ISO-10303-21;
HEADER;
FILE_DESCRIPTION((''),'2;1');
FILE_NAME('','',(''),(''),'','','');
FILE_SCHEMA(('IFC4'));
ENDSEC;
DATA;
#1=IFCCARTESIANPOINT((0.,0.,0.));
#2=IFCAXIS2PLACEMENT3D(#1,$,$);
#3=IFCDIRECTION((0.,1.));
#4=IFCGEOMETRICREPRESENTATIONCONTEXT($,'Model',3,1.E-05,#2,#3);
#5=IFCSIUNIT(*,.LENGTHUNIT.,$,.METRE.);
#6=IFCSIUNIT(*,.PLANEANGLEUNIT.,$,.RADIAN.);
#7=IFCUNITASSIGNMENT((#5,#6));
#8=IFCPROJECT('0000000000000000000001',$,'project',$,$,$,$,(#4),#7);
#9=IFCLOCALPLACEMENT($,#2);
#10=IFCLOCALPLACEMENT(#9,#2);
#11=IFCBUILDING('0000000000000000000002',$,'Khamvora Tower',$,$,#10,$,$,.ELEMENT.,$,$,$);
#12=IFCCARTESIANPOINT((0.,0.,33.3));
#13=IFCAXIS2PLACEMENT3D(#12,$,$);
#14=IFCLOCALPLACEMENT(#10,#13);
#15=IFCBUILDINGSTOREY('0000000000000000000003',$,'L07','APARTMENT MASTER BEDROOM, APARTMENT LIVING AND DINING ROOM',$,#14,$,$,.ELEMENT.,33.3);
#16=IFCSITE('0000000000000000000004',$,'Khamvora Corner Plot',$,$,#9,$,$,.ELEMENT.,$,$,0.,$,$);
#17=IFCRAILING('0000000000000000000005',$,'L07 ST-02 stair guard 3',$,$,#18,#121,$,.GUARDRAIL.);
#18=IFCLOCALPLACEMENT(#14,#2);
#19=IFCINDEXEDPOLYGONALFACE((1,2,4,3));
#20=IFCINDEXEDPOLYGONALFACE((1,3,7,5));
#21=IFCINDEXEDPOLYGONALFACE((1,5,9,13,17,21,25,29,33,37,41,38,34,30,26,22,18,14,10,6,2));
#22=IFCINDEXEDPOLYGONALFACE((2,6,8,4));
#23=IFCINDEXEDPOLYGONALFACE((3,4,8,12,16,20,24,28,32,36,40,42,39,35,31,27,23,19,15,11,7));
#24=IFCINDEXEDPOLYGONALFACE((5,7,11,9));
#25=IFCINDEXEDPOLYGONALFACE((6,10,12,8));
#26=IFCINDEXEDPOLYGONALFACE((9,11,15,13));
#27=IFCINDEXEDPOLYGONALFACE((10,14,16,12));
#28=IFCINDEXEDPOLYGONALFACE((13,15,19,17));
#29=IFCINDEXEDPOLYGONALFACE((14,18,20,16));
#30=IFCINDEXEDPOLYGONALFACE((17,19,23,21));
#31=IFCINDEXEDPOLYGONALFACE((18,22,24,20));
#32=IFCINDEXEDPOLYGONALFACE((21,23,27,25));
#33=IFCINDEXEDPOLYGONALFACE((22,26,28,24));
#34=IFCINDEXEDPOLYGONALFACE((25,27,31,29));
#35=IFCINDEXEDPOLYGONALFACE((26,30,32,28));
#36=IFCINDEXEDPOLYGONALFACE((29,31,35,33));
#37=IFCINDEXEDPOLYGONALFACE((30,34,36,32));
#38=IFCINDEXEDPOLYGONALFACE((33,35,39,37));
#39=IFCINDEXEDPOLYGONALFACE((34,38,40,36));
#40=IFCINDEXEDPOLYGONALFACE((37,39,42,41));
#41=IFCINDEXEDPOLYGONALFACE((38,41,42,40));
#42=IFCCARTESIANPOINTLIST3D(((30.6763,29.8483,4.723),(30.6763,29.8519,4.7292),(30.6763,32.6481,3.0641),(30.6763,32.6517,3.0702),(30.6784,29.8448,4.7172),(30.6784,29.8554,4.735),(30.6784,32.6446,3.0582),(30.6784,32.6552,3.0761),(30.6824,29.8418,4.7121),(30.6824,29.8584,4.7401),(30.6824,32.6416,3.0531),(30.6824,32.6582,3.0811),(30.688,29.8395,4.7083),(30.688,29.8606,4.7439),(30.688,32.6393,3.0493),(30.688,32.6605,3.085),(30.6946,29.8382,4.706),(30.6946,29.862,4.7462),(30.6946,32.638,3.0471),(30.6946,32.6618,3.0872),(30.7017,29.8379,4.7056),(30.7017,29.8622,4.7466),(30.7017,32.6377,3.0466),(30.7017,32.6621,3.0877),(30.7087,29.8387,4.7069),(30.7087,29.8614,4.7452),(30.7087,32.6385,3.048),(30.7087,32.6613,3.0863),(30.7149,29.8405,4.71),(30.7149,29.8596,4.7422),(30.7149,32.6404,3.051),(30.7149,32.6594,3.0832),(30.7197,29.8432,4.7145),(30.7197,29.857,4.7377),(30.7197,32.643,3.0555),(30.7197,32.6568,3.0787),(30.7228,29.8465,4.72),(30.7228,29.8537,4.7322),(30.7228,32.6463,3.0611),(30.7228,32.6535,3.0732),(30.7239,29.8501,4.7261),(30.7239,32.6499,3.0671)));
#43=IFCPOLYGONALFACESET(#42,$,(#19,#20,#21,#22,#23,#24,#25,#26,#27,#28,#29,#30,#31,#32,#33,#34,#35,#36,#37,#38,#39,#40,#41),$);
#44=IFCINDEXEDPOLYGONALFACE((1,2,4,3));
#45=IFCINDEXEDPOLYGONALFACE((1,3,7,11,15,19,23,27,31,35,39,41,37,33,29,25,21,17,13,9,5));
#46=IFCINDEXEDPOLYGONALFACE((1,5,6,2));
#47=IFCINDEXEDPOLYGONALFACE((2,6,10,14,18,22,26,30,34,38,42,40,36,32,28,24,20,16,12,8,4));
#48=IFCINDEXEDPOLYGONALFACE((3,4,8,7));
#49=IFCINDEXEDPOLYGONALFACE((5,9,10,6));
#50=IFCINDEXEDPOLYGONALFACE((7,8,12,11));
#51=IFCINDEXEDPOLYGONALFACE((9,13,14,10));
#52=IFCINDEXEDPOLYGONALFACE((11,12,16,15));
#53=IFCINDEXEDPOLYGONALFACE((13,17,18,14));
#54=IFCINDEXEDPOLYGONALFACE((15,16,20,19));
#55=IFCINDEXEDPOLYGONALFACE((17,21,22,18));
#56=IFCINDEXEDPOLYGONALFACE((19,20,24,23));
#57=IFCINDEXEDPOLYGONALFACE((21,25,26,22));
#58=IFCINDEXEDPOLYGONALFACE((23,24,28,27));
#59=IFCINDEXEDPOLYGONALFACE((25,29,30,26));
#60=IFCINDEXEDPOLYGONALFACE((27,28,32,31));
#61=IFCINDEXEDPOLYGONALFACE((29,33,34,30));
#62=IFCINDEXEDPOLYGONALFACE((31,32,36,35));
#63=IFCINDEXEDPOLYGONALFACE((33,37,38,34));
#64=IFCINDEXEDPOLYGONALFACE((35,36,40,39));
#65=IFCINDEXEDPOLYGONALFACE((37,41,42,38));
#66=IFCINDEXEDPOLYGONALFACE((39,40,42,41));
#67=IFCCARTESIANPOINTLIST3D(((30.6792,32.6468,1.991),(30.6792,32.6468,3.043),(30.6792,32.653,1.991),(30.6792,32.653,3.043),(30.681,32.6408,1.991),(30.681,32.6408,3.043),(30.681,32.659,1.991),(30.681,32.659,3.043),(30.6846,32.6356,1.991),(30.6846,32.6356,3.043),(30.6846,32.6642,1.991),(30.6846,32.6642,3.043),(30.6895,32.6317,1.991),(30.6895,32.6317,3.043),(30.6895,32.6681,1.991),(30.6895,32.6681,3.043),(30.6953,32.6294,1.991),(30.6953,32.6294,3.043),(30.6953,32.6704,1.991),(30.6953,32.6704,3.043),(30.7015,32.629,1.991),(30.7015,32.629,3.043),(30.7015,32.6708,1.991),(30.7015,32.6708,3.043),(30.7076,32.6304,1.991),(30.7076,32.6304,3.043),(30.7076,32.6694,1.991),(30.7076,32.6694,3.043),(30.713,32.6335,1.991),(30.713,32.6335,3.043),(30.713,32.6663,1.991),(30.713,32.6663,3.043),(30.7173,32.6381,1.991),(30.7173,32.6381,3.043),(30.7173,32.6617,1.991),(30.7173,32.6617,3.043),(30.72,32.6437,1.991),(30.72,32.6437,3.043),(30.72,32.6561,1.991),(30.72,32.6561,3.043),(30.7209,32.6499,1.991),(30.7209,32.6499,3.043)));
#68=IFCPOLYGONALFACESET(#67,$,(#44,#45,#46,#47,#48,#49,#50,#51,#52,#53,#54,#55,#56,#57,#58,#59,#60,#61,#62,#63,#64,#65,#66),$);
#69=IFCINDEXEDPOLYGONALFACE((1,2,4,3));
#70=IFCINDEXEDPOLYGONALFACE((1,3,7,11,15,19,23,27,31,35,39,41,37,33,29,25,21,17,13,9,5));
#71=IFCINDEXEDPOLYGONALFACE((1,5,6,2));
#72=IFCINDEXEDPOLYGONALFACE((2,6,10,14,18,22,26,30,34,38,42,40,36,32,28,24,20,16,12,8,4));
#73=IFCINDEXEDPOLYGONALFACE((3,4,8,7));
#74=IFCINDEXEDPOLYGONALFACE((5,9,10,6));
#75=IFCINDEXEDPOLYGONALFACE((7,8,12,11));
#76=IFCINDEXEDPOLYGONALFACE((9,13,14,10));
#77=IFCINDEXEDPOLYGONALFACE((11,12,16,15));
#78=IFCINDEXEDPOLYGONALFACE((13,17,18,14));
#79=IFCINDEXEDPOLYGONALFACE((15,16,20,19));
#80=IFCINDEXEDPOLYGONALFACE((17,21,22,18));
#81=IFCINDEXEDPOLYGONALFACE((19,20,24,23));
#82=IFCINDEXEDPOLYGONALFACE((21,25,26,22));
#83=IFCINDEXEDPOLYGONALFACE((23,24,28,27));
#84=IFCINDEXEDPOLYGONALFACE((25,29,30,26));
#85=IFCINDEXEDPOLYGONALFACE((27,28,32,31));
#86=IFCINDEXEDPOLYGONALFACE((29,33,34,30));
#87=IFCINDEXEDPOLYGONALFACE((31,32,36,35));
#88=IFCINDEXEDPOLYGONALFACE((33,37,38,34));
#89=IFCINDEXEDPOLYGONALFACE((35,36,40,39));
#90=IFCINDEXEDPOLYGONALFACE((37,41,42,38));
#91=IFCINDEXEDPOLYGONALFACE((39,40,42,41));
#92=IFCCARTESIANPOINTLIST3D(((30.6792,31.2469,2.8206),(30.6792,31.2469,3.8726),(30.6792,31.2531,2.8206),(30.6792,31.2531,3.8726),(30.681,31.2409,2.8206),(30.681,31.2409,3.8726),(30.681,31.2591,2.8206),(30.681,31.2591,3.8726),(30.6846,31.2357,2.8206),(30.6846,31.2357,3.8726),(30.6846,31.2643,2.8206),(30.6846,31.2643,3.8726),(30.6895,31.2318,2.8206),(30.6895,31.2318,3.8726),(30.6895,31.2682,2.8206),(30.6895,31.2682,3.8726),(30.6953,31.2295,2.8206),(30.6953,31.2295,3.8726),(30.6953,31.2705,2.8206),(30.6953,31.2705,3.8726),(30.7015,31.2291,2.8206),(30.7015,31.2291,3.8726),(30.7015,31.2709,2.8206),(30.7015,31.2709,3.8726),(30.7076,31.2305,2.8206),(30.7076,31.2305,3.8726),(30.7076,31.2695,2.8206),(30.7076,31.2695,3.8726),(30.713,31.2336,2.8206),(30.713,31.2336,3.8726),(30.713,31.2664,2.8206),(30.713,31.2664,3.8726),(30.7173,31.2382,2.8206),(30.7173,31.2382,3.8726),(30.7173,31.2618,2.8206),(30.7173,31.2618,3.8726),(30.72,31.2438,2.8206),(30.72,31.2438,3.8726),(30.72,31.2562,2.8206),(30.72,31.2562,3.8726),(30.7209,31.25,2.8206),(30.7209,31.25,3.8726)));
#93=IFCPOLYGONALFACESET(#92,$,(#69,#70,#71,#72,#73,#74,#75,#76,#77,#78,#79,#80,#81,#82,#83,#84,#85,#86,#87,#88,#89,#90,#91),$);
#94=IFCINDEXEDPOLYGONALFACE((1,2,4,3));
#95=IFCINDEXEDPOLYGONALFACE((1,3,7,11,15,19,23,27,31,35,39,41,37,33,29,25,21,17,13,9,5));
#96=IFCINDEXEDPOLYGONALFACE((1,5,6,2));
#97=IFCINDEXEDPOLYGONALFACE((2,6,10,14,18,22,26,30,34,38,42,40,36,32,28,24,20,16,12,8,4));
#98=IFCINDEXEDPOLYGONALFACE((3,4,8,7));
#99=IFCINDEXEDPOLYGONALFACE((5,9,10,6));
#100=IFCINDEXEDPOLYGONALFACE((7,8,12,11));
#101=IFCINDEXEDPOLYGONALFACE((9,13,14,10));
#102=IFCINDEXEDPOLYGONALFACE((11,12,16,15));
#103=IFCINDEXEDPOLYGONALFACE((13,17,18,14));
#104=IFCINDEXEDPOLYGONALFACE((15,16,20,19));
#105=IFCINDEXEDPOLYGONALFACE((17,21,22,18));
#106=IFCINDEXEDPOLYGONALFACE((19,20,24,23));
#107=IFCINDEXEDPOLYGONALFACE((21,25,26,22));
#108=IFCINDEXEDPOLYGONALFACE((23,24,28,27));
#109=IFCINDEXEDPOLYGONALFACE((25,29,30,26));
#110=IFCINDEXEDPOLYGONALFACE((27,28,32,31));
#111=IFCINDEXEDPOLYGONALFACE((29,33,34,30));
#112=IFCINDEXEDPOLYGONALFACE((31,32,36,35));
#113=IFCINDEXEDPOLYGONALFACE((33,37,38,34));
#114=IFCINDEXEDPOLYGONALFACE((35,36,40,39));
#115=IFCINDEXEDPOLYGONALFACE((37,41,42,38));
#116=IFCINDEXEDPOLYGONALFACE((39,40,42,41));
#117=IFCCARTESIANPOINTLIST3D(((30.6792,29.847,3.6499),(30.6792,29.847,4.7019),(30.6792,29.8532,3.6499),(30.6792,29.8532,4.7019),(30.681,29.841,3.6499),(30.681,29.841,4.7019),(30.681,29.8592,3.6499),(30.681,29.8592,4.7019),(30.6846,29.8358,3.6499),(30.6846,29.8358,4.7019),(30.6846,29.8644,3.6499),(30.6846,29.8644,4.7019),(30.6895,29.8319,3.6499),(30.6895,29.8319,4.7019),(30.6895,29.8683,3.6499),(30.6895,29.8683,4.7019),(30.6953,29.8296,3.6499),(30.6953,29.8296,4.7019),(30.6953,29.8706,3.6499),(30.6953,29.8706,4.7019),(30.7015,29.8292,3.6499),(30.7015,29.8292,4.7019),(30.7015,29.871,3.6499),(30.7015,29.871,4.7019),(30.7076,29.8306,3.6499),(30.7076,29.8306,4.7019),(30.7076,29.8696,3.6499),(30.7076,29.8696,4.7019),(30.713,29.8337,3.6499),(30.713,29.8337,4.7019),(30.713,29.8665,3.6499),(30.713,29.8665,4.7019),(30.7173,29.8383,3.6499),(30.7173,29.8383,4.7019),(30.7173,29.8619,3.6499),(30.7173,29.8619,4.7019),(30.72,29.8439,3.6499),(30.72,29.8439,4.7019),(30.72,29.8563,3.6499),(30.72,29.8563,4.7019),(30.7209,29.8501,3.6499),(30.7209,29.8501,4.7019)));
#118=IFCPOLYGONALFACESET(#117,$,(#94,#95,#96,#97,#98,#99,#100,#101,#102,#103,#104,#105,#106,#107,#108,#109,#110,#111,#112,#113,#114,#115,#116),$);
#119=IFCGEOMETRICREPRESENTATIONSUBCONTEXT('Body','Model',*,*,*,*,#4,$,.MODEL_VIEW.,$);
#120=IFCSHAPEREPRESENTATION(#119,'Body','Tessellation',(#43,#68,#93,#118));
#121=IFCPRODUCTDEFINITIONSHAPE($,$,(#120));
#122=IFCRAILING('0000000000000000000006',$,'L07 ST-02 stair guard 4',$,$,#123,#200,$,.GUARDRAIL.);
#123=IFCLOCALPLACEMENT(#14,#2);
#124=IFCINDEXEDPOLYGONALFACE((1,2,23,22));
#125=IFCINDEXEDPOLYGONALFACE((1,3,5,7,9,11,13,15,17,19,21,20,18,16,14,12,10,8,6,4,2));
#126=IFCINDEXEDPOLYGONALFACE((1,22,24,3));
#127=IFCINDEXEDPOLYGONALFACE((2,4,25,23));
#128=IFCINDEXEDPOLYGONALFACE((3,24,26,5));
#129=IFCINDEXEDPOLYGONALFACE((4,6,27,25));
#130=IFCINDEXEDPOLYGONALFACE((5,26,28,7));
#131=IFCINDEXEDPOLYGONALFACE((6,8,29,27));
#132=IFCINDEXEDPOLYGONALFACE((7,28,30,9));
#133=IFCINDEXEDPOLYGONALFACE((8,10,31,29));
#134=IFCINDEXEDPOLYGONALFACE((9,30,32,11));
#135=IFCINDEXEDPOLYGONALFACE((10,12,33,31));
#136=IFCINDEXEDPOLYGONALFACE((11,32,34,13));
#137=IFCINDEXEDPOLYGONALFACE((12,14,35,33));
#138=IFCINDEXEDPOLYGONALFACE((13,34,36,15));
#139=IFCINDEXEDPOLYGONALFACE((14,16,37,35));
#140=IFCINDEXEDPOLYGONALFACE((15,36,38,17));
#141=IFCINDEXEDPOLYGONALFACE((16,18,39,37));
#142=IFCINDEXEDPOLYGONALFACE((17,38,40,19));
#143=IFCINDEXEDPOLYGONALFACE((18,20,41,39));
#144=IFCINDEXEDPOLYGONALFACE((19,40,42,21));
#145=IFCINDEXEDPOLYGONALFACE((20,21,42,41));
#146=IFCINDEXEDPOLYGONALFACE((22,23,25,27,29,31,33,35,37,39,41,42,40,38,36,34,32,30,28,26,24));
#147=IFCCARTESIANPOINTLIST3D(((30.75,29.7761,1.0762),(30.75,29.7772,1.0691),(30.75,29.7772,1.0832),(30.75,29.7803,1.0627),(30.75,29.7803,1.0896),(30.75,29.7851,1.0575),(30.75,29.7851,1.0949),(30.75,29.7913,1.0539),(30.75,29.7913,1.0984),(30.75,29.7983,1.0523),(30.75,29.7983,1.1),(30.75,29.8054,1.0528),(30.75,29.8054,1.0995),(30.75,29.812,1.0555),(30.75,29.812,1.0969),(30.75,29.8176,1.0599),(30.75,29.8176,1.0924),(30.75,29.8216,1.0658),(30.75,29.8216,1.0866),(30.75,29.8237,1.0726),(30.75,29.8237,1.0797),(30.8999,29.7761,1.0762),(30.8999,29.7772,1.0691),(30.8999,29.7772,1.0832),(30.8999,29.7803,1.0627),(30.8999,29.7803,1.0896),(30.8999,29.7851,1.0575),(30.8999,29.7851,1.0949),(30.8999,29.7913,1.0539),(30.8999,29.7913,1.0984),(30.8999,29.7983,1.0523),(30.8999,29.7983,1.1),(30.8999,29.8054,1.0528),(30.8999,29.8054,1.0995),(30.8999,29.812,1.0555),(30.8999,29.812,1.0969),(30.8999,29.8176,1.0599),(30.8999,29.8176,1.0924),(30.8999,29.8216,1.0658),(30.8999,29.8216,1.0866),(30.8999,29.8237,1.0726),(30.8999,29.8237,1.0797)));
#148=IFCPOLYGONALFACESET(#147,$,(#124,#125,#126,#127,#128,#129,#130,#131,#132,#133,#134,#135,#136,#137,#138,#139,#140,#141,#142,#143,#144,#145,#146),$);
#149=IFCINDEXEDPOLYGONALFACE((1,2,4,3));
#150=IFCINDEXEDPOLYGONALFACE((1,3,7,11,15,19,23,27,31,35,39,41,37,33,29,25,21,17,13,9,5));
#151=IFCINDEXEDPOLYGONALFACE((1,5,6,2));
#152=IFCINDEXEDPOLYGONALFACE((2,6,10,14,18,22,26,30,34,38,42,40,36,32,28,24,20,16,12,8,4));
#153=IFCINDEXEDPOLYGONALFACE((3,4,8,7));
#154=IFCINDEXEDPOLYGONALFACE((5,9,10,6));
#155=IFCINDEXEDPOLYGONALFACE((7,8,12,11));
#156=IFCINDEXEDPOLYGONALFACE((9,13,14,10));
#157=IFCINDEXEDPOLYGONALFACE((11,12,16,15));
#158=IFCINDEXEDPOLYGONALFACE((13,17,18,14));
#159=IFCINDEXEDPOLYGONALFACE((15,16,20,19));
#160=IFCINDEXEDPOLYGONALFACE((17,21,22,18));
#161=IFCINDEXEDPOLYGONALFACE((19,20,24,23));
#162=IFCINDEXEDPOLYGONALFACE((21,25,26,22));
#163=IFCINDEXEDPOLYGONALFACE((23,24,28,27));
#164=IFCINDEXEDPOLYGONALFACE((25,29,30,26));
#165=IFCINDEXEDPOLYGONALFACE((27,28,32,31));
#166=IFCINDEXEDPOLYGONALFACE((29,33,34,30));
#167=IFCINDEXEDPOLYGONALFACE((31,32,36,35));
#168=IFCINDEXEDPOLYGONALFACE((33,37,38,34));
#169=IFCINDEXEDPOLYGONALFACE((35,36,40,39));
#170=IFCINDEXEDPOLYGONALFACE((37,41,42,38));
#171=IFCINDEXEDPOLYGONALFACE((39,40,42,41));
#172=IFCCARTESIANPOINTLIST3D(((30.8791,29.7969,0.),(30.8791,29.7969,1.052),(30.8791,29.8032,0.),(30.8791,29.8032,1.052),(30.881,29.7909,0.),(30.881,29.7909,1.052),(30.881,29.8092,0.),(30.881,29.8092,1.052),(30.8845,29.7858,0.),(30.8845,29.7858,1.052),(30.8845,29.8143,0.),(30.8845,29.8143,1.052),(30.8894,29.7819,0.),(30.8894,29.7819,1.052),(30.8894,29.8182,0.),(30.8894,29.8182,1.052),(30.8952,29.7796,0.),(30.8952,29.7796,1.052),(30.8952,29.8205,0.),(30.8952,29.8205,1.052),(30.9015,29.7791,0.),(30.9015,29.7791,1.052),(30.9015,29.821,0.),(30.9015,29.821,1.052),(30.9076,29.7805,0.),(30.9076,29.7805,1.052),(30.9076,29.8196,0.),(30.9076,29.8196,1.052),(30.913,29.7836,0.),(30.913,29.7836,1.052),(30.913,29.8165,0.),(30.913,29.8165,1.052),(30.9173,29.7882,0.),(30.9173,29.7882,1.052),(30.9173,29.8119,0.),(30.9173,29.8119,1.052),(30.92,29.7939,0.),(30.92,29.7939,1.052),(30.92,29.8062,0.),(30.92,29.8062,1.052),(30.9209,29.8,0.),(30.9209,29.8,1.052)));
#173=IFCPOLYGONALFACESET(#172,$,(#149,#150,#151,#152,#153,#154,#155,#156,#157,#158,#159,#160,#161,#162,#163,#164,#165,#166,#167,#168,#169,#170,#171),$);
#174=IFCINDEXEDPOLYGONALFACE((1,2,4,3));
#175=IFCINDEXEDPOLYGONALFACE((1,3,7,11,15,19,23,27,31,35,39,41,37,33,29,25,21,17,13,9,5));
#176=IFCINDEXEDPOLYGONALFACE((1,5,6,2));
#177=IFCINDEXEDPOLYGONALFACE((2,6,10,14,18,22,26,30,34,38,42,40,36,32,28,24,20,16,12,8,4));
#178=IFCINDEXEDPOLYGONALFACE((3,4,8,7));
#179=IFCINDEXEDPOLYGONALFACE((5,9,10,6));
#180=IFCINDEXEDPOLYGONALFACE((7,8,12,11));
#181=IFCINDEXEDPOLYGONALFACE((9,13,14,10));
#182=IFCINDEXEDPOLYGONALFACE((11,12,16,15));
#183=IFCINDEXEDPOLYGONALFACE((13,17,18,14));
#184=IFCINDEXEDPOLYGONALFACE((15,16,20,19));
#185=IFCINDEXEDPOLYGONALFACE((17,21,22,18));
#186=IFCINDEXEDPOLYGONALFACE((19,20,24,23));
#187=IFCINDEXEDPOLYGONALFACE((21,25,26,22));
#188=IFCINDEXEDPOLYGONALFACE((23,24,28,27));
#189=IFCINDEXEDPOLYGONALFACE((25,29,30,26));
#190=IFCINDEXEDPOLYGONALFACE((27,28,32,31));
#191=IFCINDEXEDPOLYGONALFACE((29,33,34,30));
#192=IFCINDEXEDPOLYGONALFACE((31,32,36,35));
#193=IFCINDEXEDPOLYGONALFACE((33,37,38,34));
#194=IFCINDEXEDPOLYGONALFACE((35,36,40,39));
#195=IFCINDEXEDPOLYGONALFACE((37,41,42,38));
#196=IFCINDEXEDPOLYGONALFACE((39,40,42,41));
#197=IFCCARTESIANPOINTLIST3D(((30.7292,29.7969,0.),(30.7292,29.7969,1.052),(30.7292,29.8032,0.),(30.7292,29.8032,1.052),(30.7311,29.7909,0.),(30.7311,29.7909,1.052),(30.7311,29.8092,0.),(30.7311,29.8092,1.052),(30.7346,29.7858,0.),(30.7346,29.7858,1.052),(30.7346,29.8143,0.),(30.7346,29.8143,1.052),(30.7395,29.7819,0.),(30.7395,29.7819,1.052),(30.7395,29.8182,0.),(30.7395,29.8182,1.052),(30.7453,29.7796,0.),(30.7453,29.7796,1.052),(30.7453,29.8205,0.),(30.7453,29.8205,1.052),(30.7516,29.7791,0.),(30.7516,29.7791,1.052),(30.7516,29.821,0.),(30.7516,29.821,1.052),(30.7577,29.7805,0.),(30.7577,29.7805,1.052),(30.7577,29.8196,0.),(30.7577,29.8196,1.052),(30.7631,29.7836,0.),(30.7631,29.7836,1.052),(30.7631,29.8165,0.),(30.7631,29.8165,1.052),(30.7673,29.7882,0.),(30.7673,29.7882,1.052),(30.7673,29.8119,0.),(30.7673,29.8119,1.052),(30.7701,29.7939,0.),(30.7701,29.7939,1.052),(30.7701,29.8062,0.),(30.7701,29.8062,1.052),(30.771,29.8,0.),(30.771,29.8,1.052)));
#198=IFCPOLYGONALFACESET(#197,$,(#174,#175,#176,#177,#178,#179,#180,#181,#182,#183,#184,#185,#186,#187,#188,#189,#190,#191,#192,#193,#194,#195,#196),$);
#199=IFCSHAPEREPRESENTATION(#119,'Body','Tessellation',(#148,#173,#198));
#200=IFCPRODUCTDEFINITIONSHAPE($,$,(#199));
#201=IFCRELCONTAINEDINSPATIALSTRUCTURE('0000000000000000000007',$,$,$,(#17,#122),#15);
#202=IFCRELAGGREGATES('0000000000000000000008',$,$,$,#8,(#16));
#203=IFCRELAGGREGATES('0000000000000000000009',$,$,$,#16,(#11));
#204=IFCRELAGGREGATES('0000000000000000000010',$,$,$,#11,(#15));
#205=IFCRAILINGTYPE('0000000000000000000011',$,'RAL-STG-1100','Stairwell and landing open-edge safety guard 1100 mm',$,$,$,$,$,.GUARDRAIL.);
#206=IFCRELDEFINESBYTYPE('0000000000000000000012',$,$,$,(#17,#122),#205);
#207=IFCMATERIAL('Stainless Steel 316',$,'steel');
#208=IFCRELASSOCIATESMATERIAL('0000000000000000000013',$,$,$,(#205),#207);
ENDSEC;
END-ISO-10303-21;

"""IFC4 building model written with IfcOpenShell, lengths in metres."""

from ifc_helpers import new_model, si_unit, direction, frame, origin, origin_2d, place, context, subcontext, project, spatial, circle, extrude, material, type_object, element, save


model = new_model("IFC4")

# Units and contexts
model_context = context("Model", 3, precision=1e-05, world=origin(), true_north=direction((0.0, 1.0)))
body_context = subcontext(model_context, "Body", "Model", "MODEL_VIEW")
ifc_project = project(units=[si_unit("LENGTHUNIT", "METRE"), si_unit("PLANEANGLEUNIT", "RADIAN")], contexts=[model_context])

# Site, building, storey
site_placement = place(None, origin())
site = spatial("IfcSite", under=ifc_project, at=site_placement, Name="Khamvora Corner Plot", CompositionType="ELEMENT", RefElevation=0.0)
building_placement = place(site_placement, origin())
building = spatial("IfcBuilding", under=site, at=building_placement, Name="Khamvora Tower", CompositionType="ELEMENT")
storey_placement = place(building_placement, frame((0.0, 0.0, 33.3)))
storey = spatial("IfcBuildingStorey", under=building, at=storey_placement, Name="L07", Description="APARTMENT MASTER BEDROOM, APARTMENT LIVING AND DINING ROOM", CompositionType="ELEMENT", Elevation=33.3)

# Railings
ifc_material_1 = material(Name="Stainless Steel 316", Category="steel")
railing_type_1 = type_object("IfcRailingType", Name="RAL-STG-1100", Description="Stairwell and landing open-edge safety guard 1100 mm", PredefinedType="GUARDRAIL", material=ifc_material_1)
railing_1_placement = place(storey_placement, frame((30.7, 32.6499, 1.991)))
element("IfcRailing", 1, at=railing_1_placement, inside=storey, type_object=railing_type_1, Name="L07 ST-02 stair guard 3", PredefinedType="GUARDRAIL", context=body_context, shape_type="SweptSolid", body=[
    extrude(circle(Radius=0.0239, at=origin_2d()), frame((0.0, 0.0, 1.0762), z_axis=(0.0, -0.86032, 0.509755), x_axis=(1.0, 0.0, 0.0)), (0.0, 0.0, 1.0), 3.2544),
    extrude(circle(Radius=0.021, at=origin_2d()), origin(), (0.0, 0.0, 1.0), 1.052),
    extrude(circle(Radius=0.021, at=origin_2d()), frame((0.0, -1.3999, 0.8296)), (0.0, 0.0, 1.0), 1.052),
    extrude(circle(Radius=0.021, at=origin_2d()), frame((0.0, -2.7998, 1.6589)), (0.0, 0.0, 1.0), 1.052),
])
railing_2_placement = place(storey_placement, frame((30.8999, 29.8, 0.0)))
element("IfcRailing", 2, at=railing_2_placement, inside=storey, type_object=railing_type_1, Name="L07 ST-02 stair guard 4", PredefinedType="GUARDRAIL", context=body_context, shape_type="SweptSolid", body=[
    extrude(circle(Radius=0.0239, at=origin_2d()), frame((0.0, 0.0, 1.0762), z_axis=(-1.0, 0.0, 0.0), x_axis=(0.0, -1.0, 0.0)), (0.0, 0.0, 1.0), 0.1499),
    extrude(circle(Radius=0.021, at=origin_2d()), origin(), (0.0, 0.0, 1.0), 1.052),
    extrude(circle(Radius=0.021, at=origin_2d()), frame((-0.1499, 0.0, 0.0)), (0.0, 0.0, 1.0), 1.052),
])

save(model, "model.ifc")
